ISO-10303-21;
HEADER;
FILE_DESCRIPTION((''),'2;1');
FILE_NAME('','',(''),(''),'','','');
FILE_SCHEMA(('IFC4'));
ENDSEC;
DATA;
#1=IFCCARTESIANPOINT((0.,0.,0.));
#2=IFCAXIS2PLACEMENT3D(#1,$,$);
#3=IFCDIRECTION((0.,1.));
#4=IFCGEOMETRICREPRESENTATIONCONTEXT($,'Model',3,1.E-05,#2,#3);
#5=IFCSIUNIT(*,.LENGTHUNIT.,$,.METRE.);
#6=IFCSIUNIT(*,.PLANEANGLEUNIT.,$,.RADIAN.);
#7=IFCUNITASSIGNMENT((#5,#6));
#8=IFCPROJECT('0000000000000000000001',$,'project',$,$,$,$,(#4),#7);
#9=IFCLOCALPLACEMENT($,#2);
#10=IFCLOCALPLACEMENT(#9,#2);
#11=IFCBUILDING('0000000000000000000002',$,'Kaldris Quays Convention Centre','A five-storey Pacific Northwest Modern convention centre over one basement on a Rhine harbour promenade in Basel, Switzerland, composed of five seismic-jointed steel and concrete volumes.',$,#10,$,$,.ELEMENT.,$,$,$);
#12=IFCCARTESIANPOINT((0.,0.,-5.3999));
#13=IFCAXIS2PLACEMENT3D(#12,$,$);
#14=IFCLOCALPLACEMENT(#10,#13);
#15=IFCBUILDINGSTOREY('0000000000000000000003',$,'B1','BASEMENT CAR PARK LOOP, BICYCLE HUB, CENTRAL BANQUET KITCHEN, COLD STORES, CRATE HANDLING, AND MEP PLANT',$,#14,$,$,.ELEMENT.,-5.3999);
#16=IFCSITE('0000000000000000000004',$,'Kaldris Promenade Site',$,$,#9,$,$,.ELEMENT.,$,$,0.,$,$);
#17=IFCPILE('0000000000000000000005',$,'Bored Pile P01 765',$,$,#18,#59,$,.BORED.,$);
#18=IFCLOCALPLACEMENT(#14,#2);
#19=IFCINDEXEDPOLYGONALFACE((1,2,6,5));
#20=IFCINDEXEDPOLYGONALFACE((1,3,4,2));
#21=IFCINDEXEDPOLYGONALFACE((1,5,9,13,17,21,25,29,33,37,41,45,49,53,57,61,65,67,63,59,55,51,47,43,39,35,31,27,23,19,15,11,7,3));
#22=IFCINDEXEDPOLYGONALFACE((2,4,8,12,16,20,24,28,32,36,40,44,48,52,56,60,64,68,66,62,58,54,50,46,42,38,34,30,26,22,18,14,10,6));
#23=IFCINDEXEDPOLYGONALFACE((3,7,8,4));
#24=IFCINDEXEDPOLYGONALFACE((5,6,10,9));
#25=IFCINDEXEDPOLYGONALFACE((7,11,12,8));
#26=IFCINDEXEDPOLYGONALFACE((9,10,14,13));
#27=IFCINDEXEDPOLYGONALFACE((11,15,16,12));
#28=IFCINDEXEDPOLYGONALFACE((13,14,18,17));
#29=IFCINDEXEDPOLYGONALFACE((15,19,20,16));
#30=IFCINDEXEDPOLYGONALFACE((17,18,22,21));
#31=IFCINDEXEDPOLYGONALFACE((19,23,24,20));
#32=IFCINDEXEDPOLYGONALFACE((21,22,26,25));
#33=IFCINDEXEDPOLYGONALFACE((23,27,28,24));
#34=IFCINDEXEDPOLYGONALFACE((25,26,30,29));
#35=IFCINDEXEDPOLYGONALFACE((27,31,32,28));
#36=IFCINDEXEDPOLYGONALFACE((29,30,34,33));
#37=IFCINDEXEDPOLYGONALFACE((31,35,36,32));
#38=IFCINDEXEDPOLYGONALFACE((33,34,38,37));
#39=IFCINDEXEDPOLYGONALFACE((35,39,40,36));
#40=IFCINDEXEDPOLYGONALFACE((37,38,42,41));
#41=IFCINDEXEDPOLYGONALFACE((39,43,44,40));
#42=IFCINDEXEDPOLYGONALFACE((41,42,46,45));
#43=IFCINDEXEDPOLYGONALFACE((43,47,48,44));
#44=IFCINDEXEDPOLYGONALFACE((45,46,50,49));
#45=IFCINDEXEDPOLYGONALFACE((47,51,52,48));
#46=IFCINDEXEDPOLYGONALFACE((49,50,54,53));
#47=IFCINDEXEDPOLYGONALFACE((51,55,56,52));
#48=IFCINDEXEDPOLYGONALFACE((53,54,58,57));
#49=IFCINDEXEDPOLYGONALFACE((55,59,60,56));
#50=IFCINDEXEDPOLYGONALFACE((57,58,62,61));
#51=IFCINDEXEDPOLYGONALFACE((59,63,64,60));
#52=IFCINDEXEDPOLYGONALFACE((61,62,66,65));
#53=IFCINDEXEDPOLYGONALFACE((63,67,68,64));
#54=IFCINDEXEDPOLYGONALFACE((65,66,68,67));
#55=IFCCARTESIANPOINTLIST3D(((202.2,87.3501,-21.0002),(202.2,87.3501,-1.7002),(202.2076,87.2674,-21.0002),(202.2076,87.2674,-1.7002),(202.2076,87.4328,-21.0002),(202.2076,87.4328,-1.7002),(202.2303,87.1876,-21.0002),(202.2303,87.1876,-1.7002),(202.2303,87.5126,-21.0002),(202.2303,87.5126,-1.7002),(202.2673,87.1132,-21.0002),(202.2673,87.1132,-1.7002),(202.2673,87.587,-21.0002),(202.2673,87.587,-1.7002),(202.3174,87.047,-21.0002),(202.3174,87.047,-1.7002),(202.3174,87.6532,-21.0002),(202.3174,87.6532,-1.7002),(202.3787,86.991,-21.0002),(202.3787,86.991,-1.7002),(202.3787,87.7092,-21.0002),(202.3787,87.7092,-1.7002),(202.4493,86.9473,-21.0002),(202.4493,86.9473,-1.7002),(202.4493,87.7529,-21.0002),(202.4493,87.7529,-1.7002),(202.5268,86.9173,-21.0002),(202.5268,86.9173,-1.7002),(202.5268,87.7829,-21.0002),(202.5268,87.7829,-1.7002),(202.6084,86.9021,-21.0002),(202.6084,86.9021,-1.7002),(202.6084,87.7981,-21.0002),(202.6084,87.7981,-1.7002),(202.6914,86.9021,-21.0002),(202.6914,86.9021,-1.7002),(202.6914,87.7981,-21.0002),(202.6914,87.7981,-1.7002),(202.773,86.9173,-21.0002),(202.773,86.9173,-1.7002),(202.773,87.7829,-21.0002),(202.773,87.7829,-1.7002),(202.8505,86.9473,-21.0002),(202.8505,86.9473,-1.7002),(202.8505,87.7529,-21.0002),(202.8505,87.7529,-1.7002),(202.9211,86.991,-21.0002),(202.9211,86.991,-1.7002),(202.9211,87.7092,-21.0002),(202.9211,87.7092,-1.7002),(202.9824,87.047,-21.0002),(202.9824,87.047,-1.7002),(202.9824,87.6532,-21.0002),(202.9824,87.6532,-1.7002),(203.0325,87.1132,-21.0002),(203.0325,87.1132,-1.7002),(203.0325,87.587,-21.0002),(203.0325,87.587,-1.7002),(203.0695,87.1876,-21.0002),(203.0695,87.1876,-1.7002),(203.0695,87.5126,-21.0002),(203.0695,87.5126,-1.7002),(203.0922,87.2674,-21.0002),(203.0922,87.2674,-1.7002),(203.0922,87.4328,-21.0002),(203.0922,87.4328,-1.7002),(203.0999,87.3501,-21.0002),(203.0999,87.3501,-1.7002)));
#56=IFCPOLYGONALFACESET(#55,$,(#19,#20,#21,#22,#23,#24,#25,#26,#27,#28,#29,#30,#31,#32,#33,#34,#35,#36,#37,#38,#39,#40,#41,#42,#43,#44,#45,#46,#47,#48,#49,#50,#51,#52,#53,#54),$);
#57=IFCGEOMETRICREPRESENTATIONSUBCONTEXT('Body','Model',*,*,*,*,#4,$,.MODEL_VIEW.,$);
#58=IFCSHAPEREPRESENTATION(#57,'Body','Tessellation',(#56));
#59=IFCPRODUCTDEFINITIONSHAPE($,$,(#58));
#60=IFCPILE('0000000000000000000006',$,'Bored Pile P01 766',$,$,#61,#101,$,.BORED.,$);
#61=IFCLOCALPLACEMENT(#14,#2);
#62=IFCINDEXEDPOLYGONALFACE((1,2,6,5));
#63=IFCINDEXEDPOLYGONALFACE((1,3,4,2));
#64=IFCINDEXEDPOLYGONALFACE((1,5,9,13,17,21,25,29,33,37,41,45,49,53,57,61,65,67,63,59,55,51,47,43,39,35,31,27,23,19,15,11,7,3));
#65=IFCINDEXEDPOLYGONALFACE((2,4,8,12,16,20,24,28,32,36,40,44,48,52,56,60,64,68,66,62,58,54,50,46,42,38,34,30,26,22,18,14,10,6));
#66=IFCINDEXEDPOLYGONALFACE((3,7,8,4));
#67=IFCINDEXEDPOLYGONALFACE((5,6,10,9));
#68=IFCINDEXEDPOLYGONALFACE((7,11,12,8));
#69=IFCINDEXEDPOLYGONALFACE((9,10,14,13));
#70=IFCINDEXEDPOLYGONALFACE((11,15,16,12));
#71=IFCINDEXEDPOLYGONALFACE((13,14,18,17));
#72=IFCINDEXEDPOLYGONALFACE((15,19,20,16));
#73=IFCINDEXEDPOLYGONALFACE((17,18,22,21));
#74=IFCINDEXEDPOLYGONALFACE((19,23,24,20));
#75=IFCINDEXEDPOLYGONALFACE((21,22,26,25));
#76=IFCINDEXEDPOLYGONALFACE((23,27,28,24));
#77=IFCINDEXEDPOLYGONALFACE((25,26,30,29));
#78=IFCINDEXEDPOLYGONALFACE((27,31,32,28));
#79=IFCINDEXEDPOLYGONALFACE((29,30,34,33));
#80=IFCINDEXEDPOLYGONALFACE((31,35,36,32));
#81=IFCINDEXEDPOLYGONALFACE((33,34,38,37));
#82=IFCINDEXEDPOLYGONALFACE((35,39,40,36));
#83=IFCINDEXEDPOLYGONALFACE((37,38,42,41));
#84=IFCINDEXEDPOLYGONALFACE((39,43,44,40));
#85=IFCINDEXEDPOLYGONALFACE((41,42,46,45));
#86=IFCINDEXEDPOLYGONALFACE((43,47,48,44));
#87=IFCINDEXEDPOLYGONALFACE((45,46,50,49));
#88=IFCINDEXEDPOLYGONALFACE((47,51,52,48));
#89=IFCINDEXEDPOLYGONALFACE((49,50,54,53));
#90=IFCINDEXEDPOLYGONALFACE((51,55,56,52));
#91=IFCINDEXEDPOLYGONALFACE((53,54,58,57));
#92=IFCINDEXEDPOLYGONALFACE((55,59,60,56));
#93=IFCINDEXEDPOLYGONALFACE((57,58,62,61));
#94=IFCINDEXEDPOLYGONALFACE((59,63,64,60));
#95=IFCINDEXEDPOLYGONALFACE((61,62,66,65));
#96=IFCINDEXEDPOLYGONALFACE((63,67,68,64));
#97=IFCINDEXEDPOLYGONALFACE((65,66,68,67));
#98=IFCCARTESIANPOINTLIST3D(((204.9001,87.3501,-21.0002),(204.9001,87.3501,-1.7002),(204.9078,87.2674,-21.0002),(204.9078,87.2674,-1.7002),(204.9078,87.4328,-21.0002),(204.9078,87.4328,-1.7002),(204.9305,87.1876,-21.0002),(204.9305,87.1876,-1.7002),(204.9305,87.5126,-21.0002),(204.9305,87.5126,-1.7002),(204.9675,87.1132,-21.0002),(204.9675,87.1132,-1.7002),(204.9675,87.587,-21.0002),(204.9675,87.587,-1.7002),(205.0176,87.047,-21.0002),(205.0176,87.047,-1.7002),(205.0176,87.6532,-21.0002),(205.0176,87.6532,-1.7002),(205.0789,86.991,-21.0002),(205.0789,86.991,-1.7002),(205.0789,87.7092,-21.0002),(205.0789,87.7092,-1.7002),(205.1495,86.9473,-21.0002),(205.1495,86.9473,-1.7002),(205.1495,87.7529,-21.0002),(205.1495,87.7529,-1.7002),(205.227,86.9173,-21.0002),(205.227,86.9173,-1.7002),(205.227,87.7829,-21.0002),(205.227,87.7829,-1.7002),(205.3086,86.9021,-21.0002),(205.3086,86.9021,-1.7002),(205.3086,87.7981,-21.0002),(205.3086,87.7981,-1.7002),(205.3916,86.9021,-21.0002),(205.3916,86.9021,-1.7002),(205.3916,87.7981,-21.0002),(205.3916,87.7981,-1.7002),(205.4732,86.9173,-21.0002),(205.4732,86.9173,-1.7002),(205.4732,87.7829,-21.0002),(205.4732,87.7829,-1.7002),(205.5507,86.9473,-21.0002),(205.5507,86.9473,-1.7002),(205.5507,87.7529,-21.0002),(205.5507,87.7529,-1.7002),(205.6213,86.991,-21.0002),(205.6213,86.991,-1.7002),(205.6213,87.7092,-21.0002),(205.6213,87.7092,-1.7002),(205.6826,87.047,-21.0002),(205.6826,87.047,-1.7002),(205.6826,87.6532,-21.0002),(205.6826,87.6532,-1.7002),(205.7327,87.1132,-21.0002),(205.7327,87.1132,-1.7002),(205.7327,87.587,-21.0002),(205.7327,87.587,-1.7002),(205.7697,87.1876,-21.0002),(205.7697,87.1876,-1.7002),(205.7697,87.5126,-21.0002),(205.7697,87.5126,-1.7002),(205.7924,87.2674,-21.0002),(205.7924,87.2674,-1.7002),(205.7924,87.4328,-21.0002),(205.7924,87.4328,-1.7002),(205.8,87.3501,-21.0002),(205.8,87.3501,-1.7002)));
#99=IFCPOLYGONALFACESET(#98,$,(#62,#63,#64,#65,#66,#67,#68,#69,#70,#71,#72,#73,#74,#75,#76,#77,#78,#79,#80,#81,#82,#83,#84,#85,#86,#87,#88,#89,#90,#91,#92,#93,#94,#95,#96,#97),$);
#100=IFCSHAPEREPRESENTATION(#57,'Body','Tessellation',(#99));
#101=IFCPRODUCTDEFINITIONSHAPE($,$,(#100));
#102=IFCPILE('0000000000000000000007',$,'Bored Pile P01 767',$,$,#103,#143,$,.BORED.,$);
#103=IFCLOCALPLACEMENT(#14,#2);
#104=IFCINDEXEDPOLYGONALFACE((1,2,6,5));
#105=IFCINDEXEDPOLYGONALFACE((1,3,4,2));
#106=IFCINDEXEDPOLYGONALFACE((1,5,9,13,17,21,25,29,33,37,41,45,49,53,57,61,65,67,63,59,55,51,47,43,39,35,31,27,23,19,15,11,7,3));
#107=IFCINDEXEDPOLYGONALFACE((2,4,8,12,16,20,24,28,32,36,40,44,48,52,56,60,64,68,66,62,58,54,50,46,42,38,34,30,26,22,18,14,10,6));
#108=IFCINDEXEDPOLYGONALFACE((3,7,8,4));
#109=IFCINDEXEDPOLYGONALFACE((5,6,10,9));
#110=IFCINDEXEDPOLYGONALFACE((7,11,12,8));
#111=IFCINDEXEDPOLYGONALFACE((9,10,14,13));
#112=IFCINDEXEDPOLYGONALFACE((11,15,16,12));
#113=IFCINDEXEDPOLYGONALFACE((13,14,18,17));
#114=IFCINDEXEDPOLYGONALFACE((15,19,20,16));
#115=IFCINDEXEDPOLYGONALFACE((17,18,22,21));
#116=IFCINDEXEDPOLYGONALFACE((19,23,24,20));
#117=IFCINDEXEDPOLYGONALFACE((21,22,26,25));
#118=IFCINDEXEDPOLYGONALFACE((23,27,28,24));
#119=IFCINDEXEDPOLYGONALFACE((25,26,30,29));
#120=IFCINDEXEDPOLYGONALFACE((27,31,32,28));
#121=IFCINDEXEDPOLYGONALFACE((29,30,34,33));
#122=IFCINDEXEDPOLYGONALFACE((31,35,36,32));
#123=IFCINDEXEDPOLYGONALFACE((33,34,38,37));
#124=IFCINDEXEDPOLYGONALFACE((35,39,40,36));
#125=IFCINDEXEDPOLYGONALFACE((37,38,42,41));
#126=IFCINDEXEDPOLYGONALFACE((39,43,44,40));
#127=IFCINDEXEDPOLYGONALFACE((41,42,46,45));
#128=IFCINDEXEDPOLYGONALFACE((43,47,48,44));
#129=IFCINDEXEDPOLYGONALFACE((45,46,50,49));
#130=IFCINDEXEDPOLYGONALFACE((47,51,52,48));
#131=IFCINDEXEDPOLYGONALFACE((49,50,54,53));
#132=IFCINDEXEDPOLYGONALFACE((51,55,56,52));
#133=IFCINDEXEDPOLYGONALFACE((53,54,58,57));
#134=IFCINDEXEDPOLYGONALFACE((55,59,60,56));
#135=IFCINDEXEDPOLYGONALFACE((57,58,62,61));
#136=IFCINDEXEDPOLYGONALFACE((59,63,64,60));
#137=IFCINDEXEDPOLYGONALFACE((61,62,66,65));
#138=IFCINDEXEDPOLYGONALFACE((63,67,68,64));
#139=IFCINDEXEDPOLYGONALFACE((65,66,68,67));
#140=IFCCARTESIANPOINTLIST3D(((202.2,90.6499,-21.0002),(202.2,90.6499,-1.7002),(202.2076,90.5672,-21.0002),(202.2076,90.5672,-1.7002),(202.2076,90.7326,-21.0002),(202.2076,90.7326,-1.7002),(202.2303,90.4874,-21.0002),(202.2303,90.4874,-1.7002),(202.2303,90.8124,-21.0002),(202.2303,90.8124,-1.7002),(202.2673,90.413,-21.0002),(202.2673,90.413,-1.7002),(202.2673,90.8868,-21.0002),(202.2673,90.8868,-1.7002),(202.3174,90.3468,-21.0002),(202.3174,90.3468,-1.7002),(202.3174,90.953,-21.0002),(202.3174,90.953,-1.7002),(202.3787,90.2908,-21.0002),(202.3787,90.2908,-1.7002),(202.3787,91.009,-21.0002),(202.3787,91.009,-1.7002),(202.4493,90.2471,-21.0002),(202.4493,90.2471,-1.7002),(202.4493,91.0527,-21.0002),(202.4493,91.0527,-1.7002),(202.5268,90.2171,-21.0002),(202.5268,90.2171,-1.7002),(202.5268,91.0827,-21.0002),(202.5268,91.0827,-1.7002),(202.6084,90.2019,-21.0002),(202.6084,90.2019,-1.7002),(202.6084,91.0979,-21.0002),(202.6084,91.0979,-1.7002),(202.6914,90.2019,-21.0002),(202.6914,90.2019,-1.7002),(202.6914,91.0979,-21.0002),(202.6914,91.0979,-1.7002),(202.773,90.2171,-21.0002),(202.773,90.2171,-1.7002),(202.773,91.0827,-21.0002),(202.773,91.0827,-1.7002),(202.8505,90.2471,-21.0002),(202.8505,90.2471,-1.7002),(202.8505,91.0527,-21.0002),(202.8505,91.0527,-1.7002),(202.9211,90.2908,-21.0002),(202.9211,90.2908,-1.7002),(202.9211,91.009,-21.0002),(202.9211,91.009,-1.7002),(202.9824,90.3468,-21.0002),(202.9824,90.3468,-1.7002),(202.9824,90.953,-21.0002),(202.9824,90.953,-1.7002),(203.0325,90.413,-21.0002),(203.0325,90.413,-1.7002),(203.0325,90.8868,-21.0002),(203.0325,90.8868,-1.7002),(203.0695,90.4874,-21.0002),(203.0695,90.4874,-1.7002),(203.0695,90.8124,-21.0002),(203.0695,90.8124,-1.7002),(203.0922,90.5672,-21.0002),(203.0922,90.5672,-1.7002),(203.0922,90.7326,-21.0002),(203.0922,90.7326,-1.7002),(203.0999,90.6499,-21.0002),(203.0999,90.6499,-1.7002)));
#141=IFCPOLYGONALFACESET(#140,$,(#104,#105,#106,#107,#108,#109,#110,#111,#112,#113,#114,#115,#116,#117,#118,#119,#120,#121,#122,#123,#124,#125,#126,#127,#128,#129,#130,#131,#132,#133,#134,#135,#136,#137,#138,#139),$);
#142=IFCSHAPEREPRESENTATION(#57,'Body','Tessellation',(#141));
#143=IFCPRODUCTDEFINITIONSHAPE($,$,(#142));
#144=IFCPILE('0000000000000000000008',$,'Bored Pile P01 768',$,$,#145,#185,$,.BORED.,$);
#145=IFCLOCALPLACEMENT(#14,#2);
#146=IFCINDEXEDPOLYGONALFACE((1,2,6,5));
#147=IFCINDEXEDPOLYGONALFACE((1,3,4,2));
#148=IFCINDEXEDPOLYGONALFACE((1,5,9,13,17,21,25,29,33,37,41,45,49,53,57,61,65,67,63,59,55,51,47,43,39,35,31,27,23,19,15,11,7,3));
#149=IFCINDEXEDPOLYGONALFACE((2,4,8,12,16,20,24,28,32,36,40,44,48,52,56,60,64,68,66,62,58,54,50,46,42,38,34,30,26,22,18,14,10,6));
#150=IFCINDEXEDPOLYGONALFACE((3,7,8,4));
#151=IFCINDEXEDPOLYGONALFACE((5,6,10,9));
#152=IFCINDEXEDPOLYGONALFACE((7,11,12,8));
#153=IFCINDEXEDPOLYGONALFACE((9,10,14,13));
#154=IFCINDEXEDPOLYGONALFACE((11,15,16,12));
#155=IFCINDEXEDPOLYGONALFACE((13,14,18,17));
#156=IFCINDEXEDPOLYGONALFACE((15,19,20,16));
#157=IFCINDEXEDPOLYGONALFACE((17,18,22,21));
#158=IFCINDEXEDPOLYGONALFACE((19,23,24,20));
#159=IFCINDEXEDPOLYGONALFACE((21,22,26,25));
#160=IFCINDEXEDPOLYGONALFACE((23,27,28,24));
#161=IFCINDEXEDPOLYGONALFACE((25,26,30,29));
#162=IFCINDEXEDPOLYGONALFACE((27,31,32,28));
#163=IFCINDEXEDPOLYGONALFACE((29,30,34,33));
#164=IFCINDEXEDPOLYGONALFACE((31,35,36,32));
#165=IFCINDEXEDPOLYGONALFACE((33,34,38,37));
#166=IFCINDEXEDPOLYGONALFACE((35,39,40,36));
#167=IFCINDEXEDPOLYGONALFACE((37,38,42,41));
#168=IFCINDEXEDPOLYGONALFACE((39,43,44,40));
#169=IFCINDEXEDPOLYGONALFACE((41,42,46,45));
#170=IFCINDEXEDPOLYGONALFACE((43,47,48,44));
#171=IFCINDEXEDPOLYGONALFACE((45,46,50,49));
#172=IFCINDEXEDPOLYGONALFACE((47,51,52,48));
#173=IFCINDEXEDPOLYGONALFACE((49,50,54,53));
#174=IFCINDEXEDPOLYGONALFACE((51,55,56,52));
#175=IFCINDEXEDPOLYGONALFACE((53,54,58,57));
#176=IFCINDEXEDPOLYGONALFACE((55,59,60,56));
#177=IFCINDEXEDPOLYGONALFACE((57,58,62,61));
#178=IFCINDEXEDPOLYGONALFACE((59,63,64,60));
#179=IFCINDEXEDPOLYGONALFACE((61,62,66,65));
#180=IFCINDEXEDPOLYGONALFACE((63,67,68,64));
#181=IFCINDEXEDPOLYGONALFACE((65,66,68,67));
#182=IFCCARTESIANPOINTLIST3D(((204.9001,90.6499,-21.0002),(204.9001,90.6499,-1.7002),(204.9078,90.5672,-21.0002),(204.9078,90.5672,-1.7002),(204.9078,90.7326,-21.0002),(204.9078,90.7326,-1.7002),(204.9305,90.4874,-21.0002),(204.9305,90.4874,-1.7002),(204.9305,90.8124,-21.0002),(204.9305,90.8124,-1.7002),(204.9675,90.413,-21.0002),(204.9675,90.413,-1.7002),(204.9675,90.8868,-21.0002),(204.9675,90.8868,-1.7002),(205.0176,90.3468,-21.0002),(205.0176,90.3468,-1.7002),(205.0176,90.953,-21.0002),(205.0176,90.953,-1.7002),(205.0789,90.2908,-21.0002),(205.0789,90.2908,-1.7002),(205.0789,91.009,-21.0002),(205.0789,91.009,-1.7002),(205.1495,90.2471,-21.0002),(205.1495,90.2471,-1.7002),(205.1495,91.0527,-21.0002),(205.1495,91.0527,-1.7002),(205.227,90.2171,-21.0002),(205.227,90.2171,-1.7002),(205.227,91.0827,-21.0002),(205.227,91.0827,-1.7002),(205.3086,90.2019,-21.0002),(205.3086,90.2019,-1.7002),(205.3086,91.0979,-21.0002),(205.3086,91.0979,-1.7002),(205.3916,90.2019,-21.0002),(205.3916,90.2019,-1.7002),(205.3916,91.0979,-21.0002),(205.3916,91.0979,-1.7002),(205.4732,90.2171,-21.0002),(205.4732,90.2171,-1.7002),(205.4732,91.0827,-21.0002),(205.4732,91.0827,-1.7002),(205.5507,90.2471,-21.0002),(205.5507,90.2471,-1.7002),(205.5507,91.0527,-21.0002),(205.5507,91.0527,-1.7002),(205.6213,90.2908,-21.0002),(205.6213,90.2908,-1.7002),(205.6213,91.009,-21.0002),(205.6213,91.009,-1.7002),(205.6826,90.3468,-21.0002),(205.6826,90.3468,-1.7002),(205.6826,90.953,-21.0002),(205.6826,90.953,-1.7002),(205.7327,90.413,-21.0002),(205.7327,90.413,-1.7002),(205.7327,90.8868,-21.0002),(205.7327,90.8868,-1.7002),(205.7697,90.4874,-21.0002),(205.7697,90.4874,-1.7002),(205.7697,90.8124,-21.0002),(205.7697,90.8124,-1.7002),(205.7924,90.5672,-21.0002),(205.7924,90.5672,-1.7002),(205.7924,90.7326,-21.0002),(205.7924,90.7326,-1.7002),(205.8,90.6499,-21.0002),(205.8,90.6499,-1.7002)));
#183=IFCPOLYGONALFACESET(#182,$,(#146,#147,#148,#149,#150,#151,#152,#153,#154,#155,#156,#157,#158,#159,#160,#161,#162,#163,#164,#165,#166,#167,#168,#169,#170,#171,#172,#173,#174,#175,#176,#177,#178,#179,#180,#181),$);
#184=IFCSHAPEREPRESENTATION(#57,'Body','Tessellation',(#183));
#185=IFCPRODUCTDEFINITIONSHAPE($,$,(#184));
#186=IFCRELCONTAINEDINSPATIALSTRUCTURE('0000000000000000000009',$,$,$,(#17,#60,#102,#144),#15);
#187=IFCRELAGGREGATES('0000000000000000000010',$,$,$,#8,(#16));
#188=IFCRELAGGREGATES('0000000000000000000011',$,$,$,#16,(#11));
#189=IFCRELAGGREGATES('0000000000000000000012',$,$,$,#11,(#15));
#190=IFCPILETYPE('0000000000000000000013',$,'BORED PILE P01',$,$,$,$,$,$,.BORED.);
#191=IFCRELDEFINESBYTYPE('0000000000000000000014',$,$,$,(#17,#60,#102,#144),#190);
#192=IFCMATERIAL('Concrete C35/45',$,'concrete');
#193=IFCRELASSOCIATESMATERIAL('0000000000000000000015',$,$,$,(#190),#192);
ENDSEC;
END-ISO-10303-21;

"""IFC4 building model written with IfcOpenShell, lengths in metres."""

from ifc_helpers import new_model, si_unit, direction, frame, origin, origin_2d, place, context, subcontext, project, spatial, circle, extrude, material, material_profile, profile_set, type_object, element, save


model = new_model("IFC4")

# Units and contexts
model_context = context("Model", 3, precision=1e-05, world=origin(), true_north=direction((0.0, 1.0)))
body_context = subcontext(model_context, "Body", "Model", "MODEL_VIEW")
ifc_project = project(units=[si_unit("LENGTHUNIT", "METRE"), si_unit("PLANEANGLEUNIT", "RADIAN")], contexts=[model_context])

# Site, building, storey
site_placement = place(None, origin())
site = spatial("IfcSite", under=ifc_project, at=site_placement, Name="Kaldris Promenade Site", CompositionType="ELEMENT", RefElevation=0.0)
building_placement = place(site_placement, origin())
building = spatial("IfcBuilding", under=site, at=building_placement, Name="Kaldris Quays Convention Centre", Description="A five-storey Pacific Northwest Modern convention centre over one basement on a Rhine harbour promenade in Basel, Switzerland, composed of five seismic-jointed steel and concrete volumes.", CompositionType="ELEMENT")
storey_placement = place(building_placement, frame((0.0, 0.0, -5.3999)))
storey = spatial("IfcBuildingStorey", under=building, at=storey_placement, Name="B1", Description="BASEMENT CAR PARK LOOP, BICYCLE HUB, CENTRAL BANQUET KITCHEN, COLD STORES, CRATE HANDLING, AND MEP PLANT", CompositionType="ELEMENT", Elevation=-5.3999)

# Piles
ifc_material_1 = material(Name="Concrete C35/45", Category="concrete")
ifc_material_profile_1 = material_profile(ifc_material_1, circle(Radius=0.45, at=origin_2d()), Name="BORED PILE D900")
ifc_profile_set_1 = profile_set([ifc_material_profile_1], Name="Concrete C35/45")
pile_type = type_object("IfcPileType", Name="BORED PILE P01", PredefinedType="BORED", material=ifc_profile_set_1)
for number, where, z_axis, x_axis, name in (
    (1, (202.6499, 87.3501, -1.7002), (0.0, 0.0, -1.0), (1.0, 0.0, 0.0), "Bored Pile P01 765"),
    (2, (205.3501, 87.3501, -1.7002), (0.0, 0.0, -1.0), (1.0, 0.0, 0.0), "Bored Pile P01 766"),
    (3, (202.6499, 90.6499, -1.7002), (0.0, 0.0, -1.0), (1.0, 0.0, 0.0), "Bored Pile P01 767"),
    (4, (205.3501, 90.6499, -1.7002), (0.0, 0.0, -1.0), (1.0, 0.0, 0.0), "Bored Pile P01 768"),
):
    element("IfcPile", number, at=place(storey_placement, frame(where, z_axis=z_axis, x_axis=x_axis)), inside=storey, type_object=pile_type, Name=name, PredefinedType="BORED", context=body_context, shape_type="SweptSolid", body=[
        extrude(circle(Radius=0.45, at=origin_2d()), origin(), (0.0, 0.0, 1.0), 19.3),
    ])

save(model, "model.ifc")
